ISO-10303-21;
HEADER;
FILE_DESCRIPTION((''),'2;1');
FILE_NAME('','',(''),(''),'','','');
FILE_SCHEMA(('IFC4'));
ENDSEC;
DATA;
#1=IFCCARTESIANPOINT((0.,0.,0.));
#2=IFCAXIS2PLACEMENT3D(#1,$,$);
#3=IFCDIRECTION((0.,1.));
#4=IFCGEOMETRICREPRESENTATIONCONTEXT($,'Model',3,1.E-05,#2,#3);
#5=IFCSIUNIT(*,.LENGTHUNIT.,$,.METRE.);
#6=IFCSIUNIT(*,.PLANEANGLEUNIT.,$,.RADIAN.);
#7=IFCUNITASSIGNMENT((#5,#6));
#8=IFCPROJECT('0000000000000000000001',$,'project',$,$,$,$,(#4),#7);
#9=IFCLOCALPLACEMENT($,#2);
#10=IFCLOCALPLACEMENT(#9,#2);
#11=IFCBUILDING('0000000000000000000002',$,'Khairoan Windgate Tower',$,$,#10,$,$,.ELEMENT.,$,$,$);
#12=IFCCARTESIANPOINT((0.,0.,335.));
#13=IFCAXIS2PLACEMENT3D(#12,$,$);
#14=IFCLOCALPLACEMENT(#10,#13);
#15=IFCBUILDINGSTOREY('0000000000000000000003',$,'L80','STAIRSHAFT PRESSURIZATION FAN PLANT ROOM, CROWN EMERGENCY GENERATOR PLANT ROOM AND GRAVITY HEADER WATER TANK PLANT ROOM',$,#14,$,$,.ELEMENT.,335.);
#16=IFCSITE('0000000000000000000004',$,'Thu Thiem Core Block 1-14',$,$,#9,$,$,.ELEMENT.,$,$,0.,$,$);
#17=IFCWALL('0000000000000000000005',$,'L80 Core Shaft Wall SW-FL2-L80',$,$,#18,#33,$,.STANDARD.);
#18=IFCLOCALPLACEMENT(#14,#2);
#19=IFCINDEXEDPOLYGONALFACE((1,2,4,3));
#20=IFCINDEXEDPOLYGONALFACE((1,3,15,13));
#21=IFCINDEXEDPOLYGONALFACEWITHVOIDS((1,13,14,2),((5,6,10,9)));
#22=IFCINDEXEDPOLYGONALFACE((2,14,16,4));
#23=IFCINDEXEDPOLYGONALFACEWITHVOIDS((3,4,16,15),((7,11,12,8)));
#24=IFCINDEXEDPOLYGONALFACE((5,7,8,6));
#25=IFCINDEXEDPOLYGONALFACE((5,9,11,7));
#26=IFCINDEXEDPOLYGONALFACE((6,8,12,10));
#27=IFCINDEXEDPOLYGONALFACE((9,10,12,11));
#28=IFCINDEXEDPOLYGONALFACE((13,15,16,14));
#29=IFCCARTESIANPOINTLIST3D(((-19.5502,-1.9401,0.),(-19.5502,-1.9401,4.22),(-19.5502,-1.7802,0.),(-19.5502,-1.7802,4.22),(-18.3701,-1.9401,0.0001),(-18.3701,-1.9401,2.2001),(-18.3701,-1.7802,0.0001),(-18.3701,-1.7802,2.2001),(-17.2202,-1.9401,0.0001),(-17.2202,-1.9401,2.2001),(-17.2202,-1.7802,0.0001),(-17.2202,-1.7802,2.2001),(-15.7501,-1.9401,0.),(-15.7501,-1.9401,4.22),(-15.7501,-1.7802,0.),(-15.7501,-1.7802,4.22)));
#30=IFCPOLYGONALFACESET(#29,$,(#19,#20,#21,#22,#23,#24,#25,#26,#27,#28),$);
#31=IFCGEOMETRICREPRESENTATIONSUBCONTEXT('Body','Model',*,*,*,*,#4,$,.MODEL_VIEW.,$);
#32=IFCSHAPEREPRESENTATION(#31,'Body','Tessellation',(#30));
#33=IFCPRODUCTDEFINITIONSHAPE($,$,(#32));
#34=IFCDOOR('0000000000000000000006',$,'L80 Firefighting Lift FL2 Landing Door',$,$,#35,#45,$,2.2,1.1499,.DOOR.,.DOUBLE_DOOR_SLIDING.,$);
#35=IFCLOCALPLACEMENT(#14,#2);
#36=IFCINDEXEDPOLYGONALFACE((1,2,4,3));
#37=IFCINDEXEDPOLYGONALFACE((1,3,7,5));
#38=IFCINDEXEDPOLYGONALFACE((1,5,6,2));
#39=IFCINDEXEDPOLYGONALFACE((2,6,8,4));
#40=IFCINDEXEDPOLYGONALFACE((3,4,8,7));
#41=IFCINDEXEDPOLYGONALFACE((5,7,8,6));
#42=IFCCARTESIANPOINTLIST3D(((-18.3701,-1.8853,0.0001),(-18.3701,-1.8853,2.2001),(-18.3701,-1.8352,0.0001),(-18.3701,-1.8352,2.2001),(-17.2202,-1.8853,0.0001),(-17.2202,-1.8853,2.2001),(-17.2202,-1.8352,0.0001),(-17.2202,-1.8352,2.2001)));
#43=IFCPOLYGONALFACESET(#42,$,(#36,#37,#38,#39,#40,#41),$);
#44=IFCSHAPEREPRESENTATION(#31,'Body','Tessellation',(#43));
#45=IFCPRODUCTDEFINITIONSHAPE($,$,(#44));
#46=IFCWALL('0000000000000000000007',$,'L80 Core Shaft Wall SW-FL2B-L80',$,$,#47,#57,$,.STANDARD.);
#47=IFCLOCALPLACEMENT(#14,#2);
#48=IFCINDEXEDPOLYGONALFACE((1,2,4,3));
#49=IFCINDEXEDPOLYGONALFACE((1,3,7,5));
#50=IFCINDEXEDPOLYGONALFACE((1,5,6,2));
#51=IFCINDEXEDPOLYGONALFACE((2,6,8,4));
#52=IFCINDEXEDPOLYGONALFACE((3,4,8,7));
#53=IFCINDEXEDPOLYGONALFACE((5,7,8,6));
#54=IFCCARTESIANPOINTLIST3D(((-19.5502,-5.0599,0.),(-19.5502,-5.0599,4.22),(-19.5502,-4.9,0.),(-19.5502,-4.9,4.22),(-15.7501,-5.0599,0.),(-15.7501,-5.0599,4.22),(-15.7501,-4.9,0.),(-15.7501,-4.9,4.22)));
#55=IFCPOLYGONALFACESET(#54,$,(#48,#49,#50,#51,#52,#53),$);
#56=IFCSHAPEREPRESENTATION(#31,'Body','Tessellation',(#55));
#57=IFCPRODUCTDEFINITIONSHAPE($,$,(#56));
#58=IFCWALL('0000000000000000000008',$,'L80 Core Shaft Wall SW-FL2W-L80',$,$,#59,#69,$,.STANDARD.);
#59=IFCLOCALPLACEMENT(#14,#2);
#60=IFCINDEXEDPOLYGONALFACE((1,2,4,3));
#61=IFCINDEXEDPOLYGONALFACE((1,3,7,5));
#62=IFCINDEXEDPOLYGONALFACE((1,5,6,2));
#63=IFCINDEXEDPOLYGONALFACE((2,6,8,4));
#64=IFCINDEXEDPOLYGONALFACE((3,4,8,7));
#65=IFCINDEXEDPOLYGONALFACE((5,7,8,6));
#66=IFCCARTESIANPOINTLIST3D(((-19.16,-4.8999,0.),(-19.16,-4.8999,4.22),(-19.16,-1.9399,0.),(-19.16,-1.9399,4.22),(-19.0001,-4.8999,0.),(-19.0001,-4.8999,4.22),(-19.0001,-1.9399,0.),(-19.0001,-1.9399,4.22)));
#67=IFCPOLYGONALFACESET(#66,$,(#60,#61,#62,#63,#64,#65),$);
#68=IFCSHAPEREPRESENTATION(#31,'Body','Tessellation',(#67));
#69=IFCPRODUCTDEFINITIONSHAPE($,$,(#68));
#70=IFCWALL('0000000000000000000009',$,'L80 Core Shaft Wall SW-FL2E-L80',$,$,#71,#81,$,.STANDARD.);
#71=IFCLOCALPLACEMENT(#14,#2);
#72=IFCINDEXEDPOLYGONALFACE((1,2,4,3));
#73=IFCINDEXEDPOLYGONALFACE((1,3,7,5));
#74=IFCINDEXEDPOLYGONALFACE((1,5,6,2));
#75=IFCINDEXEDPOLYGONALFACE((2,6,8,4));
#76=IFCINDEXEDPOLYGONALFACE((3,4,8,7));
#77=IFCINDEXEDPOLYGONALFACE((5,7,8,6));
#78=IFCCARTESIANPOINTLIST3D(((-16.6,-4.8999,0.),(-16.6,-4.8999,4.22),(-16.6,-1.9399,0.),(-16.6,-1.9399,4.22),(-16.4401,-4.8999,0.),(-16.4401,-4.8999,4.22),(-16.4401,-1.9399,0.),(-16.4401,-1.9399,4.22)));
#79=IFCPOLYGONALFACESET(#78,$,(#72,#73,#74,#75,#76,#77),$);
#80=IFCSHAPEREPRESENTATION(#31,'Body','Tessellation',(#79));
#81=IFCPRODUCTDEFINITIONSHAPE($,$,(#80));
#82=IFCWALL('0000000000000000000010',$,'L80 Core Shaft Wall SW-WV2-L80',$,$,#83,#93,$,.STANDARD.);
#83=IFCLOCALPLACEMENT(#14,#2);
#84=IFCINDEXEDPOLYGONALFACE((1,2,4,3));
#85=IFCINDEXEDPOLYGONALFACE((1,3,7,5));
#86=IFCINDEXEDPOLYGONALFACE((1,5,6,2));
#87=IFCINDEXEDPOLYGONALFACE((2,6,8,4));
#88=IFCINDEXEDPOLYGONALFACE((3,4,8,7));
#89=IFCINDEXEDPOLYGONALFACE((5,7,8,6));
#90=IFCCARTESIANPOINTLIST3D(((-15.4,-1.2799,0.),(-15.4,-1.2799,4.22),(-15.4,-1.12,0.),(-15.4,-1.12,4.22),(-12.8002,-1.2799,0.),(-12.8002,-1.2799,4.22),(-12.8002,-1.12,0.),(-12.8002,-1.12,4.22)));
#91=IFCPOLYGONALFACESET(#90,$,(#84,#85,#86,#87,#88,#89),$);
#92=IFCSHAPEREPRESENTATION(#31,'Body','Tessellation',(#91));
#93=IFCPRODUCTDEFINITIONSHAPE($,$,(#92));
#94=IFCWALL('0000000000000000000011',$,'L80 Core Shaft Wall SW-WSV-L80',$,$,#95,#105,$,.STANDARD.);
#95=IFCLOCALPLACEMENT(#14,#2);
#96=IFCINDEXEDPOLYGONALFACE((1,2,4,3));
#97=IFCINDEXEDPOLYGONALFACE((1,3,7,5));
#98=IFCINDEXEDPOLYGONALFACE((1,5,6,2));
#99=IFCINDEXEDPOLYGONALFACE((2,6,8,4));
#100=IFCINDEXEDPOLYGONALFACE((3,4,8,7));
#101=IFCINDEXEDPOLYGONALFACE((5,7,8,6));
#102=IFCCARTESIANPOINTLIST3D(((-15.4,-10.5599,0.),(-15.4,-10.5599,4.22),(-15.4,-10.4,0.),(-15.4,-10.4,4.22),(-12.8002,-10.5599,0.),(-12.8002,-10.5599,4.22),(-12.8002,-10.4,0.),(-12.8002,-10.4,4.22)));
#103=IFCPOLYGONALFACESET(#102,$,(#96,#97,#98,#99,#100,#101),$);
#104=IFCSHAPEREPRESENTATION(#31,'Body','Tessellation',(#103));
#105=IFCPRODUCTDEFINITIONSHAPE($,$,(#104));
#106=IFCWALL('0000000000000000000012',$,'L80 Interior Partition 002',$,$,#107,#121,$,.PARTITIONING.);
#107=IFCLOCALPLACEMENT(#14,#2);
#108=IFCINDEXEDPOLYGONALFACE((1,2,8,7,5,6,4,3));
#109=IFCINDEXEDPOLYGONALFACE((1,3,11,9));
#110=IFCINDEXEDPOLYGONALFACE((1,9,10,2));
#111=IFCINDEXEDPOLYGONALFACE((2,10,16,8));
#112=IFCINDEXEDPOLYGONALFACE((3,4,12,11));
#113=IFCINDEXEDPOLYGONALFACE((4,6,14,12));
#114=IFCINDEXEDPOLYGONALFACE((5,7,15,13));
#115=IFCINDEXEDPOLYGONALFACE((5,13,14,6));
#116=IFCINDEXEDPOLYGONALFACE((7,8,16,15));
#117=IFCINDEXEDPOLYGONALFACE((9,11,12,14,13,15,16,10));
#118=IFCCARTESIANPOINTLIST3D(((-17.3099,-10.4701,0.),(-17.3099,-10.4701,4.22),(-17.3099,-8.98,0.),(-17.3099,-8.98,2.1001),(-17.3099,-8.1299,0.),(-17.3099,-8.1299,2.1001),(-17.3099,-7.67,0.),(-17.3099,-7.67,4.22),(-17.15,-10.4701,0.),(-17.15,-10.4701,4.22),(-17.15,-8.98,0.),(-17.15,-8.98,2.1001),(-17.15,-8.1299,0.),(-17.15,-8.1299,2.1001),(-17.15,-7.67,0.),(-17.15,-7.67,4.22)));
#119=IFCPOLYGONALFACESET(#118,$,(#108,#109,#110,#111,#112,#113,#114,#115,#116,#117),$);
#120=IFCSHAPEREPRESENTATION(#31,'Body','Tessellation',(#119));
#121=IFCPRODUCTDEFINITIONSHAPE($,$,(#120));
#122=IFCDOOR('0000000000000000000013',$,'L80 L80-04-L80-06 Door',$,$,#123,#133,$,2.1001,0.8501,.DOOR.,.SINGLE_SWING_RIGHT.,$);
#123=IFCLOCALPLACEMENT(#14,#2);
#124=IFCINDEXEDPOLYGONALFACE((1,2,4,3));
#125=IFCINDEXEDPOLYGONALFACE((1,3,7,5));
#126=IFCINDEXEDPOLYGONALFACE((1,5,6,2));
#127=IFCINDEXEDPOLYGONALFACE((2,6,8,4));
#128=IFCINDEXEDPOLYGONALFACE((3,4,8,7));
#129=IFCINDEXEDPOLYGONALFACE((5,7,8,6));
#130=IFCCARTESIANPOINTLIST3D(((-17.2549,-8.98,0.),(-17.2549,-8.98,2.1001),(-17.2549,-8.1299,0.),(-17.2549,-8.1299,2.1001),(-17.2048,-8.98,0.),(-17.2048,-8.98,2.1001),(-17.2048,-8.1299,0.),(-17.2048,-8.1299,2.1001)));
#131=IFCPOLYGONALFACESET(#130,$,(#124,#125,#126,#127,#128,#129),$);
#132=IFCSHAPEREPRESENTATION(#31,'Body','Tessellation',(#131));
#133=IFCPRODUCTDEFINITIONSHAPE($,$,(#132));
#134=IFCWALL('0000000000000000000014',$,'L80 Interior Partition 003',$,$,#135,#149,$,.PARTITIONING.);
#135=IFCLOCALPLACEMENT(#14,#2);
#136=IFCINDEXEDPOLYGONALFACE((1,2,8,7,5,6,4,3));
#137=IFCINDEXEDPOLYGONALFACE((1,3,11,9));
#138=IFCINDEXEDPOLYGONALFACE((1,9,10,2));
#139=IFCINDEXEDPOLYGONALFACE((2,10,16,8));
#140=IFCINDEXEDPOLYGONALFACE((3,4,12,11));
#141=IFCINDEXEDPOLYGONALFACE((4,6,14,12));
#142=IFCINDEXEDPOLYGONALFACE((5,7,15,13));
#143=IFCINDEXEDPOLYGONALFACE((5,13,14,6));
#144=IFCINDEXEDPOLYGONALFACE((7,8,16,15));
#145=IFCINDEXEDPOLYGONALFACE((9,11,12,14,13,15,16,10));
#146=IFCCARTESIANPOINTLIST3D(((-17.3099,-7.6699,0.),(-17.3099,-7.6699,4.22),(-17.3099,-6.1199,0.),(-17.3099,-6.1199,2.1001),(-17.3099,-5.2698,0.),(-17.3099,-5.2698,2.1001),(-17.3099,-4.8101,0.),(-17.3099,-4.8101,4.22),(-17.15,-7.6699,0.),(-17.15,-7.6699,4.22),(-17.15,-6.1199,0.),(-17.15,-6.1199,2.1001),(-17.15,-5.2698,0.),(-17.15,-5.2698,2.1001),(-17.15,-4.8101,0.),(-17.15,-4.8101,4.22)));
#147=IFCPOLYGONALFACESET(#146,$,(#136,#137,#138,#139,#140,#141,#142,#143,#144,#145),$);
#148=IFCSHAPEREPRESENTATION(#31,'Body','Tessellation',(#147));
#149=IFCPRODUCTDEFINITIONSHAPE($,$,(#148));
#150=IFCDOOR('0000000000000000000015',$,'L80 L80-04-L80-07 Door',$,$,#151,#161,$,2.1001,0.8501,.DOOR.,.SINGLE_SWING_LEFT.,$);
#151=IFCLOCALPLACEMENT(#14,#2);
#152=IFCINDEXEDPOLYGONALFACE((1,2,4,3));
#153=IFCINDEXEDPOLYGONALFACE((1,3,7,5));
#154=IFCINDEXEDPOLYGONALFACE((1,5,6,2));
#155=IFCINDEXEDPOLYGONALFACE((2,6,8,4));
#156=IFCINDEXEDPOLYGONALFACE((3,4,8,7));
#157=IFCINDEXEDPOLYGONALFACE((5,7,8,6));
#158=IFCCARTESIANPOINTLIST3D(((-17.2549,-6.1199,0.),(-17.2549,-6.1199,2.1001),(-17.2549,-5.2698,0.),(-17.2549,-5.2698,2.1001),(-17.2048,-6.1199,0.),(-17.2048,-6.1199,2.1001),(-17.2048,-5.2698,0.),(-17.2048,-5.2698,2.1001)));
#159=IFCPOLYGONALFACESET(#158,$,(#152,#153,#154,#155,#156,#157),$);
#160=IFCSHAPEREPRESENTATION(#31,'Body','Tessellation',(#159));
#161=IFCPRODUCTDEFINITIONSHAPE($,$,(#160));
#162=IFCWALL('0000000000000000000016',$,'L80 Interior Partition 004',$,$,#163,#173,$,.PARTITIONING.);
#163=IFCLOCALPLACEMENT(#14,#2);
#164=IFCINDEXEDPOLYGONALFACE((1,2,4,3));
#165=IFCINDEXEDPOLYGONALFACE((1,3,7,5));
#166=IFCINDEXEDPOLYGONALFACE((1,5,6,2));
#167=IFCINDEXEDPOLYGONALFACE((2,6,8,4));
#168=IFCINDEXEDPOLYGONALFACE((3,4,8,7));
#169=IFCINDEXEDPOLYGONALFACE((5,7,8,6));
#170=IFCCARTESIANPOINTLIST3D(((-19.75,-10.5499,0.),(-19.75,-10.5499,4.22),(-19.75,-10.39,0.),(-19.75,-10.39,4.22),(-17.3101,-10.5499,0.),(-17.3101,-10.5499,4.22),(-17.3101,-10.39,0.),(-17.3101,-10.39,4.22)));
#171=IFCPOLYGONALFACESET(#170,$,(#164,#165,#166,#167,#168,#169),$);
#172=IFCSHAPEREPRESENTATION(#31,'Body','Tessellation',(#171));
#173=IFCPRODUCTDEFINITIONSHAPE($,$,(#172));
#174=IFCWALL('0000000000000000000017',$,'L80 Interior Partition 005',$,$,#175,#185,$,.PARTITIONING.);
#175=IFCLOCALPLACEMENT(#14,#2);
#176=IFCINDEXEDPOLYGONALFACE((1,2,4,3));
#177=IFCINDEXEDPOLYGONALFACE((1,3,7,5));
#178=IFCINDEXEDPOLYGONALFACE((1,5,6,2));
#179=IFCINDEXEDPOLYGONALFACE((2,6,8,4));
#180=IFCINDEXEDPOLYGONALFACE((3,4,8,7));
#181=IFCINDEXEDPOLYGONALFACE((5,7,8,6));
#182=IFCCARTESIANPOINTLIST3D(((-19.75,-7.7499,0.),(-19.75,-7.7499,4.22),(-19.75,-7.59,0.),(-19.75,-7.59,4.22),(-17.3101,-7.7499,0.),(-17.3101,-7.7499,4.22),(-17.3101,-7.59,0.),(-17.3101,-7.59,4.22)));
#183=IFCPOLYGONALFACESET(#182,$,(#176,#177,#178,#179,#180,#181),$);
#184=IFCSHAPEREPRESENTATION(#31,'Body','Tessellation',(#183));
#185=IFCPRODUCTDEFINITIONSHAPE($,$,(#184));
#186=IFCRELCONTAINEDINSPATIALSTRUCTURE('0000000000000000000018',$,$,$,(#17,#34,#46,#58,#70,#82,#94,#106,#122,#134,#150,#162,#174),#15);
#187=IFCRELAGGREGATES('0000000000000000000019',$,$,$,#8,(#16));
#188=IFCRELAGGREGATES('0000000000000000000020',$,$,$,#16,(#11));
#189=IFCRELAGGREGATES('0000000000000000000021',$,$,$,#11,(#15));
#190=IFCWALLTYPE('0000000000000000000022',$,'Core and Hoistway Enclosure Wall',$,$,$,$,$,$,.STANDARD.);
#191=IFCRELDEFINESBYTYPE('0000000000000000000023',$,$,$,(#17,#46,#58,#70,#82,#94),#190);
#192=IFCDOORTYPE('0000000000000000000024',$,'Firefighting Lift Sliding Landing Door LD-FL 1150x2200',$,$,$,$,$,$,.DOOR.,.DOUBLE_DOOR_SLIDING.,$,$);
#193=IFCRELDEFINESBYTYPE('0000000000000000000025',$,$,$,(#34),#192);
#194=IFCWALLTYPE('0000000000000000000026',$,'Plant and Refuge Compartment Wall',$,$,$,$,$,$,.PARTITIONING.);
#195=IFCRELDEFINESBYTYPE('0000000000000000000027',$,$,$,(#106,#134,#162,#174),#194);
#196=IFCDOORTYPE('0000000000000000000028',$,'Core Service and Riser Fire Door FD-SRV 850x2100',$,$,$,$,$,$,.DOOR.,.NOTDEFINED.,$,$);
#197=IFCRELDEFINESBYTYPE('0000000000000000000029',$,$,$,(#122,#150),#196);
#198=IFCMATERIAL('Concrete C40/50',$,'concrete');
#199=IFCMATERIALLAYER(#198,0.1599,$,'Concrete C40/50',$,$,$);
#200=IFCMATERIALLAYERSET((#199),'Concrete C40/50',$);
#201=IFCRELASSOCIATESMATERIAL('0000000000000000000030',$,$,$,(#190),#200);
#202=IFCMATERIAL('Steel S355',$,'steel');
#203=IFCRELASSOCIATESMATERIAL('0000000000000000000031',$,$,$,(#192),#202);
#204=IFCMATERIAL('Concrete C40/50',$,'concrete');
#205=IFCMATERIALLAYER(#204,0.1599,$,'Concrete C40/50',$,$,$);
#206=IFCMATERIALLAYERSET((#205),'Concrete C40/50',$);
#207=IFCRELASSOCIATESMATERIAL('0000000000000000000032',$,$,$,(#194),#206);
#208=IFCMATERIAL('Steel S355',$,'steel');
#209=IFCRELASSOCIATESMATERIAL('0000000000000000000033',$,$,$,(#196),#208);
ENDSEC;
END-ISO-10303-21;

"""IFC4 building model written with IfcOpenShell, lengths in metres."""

from ifc_helpers import new_model, si_unit, direction, frame, frame_2d, origin, place, context, subcontext, project, spatial, rectangle, extrude, material, layer, layer_set, type_object, element, fill, save


model = new_model("IFC4")

# Units and contexts
model_context = context("Model", 3, precision=1e-05, world=origin(), true_north=direction((0.0, 1.0)))
body_context = subcontext(model_context, "Body", "Model", "MODEL_VIEW")
ifc_project = project(units=[si_unit("LENGTHUNIT", "METRE"), si_unit("PLANEANGLEUNIT", "RADIAN")], contexts=[model_context])

# Site, building, storey
site_placement = place(None, origin())
site = spatial("IfcSite", under=ifc_project, at=site_placement, Name="Thu Thiem Core Block 1-14", CompositionType="ELEMENT", RefElevation=0.0)
building_placement = place(site_placement, origin())
building = spatial("IfcBuilding", under=site, at=building_placement, Name="Khairoan Windgate Tower", CompositionType="ELEMENT")
storey_placement = place(building_placement, frame((0.0, 0.0, 335.0)))
storey = spatial("IfcBuildingStorey", under=building, at=storey_placement, Name="L80", Description="STAIRSHAFT PRESSURIZATION FAN PLANT ROOM, CROWN EMERGENCY GENERATOR PLANT ROOM AND GRAVITY HEADER WATER TANK PLANT ROOM", CompositionType="ELEMENT", Elevation=335.0)

# Wall, opening, door
ifc_material_1 = material(Name="Concrete C40/50", Category="concrete")
ifc_layer_1 = layer(ifc_material_1, 0.1599, Name="Concrete C40/50")
ifc_layer_set_1 = layer_set([ifc_layer_1], Name="Concrete C40/50")
wall_type_1 = type_object("IfcWallType", Name="Core and Hoistway Enclosure Wall", PredefinedType="STANDARD", material=ifc_layer_set_1)
wall_1_placement = place(storey_placement, frame((-19.55, -1.8601, 0.0), z_axis=(0.0, 0.0, 1.0), x_axis=(1.0, 0.0, 0.0)))
wall_1 = element("IfcWall", 1, at=wall_1_placement, inside=storey, type_object=wall_type_1, Name="L80 Core Shaft Wall SW-FL2-L80", PredefinedType="STANDARD", context=body_context, shape_type="SweptSolid", body=[
    extrude(rectangle(XDim=3.8, YDim=0.1599, at=frame_2d((1.8999, 0.0))), origin(), (0.0, 0.0, 1.0), 4.22),
])
opening_1_placement = place(wall_1_placement, frame((1.1799, 0.0, 0.0)))
opening_1 = element("IfcOpeningElement", 2, at=opening_1_placement, cuts=wall_1, PredefinedType="OPENING", context=body_context, shape_type="SweptSolid", body=[
    extrude(rectangle(XDim=1.1499, YDim=2.2, at=frame_2d((0.575, 1.1001))), frame((0.0, 0.0898, 0.0), z_axis=(0.0, -1.0, 0.0), x_axis=(1.0, 0.0, 0.0)), (0.0, 0.0, 1.0), 0.1799),
])
ifc_material_2 = material(Name="Steel S355", Category="steel")
door_type_1 = type_object("IfcDoorType", Name="Firefighting Lift Sliding Landing Door LD-FL 1150x2200", OperationType="DOUBLE_DOOR_SLIDING", PredefinedType="DOOR", material=ifc_material_2)
door_1_placement = place(opening_1_placement, origin())
door_1 = element("IfcDoor", 3, at=door_1_placement, inside=storey, type_object=door_type_1, Name="L80 Firefighting Lift FL2 Landing Door", OperationType="DOUBLE_DOOR_SLIDING", OverallHeight=2.2, OverallWidth=1.1499, PredefinedType="DOOR", context=body_context, shape_type="SweptSolid", body=[
    extrude(rectangle(XDim=1.1499, YDim=2.2, at=frame_2d((0.575, 1.1001))), frame((0.0, 0.0249, 0.0), z_axis=(0.0, -1.0, 0.0), x_axis=(1.0, 0.0, 0.0)), (0.0, 0.0, 1.0), 0.05),
])
fill(opening_1, door_1)

# Walls
wall_2_placement = place(storey_placement, frame((-19.55, -4.98, 0.0), z_axis=(0.0, 0.0, 1.0), x_axis=(1.0, 0.0, 0.0)))
element("IfcWall", 4, at=wall_2_placement, inside=storey, type_object=wall_type_1, Name="L80 Core Shaft Wall SW-FL2B-L80", PredefinedType="STANDARD", context=body_context, shape_type="SweptSolid", body=[
    extrude(rectangle(XDim=3.8, YDim=0.1599, at=frame_2d((1.8999, 0.0))), origin(), (0.0, 0.0, 1.0), 4.22),
])
for number, where, z_axis, x_axis, name in (
    (5, (-19.0801, -4.8999, 0.0), (0.0, 0.0, 1.0), (0.0, 1.0, 0.0), "L80 Core Shaft Wall SW-FL2W-L80"),
    (6, (-16.52, -4.8999, 0.0), (0.0, 0.0, 1.0), (0.0, 1.0, 0.0), "L80 Core Shaft Wall SW-FL2E-L80"),
):
    element("IfcWall", number, at=place(storey_placement, frame(where, z_axis=z_axis, x_axis=x_axis)), inside=storey, type_object=wall_type_1, Name=name, PredefinedType="STANDARD", context=body_context, shape_type="SweptSolid", body=[
        extrude(rectangle(XDim=2.96, YDim=0.1599, at=frame_2d((1.48, 0.0))), origin(), (0.0, 0.0, 1.0), 4.22),
    ])
for number, where, z_axis, x_axis, name in (
    (7, (-15.3999, -1.2, 0.0), (0.0, 0.0, 1.0), (1.0, 0.0, 0.0), "L80 Core Shaft Wall SW-WV2-L80"),
    (8, (-15.3999, -10.48, 0.0), (0.0, 0.0, 1.0), (1.0, 0.0, 0.0), "L80 Core Shaft Wall SW-WSV-L80"),
):
    element("IfcWall", number, at=place(storey_placement, frame(where, z_axis=z_axis, x_axis=x_axis)), inside=storey, type_object=wall_type_1, Name=name, PredefinedType="STANDARD", context=body_context, shape_type="SweptSolid", body=[
        extrude(rectangle(XDim=2.5999, YDim=0.1599, at=frame_2d((1.2998, 0.0))), origin(), (0.0, 0.0, 1.0), 4.22),
    ])

# Walls, openings, doors
ifc_material_3 = material(Name="Concrete C40/50", Category="concrete")
ifc_layer_2 = layer(ifc_material_3, 0.1599, Name="Concrete C40/50")
ifc_layer_set_2 = layer_set([ifc_layer_2], Name="Concrete C40/50")
wall_type_2 = type_object("IfcWallType", Name="Plant and Refuge Compartment Wall", PredefinedType="PARTITIONING", material=ifc_layer_set_2)
wall_3_placement = place(storey_placement, frame((-17.23, -10.47, 0.0), z_axis=(0.0, 0.0, 1.0), x_axis=(0.0, 1.0, 0.0)))
wall_3 = element("IfcWall", 9, at=wall_3_placement, inside=storey, type_object=wall_type_2, Name="L80 Interior Partition 002", PredefinedType="PARTITIONING", context=body_context, shape_type="SweptSolid", body=[
    extrude(rectangle(XDim=2.8, YDim=0.1599, at=frame_2d((1.3999, 0.0))), origin(), (0.0, 0.0, 1.0), 4.22),
])
opening_2_placement = place(wall_3_placement, frame((1.49, 0.0, 0.0)))
opening_2 = element("IfcOpeningElement", 10, at=opening_2_placement, cuts=wall_3, PredefinedType="OPENING", context=body_context, shape_type="SweptSolid", body=[
    extrude(rectangle(XDim=0.8501, YDim=2.1001, at=frame_2d((0.425, 1.05))), frame((0.0, 0.0898, 0.0), z_axis=(0.0, -1.0, 0.0), x_axis=(1.0, 0.0, 0.0)), (0.0, 0.0, 1.0), 0.1799),
])
ifc_material_4 = material(Name="Steel S355", Category="steel")
door_type_2 = type_object("IfcDoorType", Name="Core Service and Riser Fire Door FD-SRV 850x2100", OperationType="NOTDEFINED", PredefinedType="DOOR", material=ifc_material_4)
door_2_placement = place(opening_2_placement, origin())
door_2 = element("IfcDoor", 11, at=door_2_placement, inside=storey, type_object=door_type_2, Name="L80 L80-04-L80-06 Door", OperationType="SINGLE_SWING_RIGHT", OverallHeight=2.1001, OverallWidth=0.8501, PredefinedType="DOOR", context=body_context, shape_type="SweptSolid", body=[
    extrude(rectangle(XDim=0.8501, YDim=2.1001, at=frame_2d((0.425, 1.05))), frame((0.0, 0.0249, 0.0), z_axis=(0.0, -1.0, 0.0), x_axis=(1.0, 0.0, 0.0)), (0.0, 0.0, 1.0), 0.05),
])
fill(opening_2, door_2)
wall_4_placement = place(storey_placement, frame((-17.23, -7.6699, 0.0), z_axis=(0.0, 0.0, 1.0), x_axis=(0.0, 1.0, 0.0)))
wall_4 = element("IfcWall", 12, at=wall_4_placement, inside=storey, type_object=wall_type_2, Name="L80 Interior Partition 003", PredefinedType="PARTITIONING", context=body_context, shape_type="SweptSolid", body=[
    extrude(rectangle(XDim=2.8599, YDim=0.1599, at=frame_2d((1.4299, 0.0))), origin(), (0.0, 0.0, 1.0), 4.22),
])
opening_3_placement = place(wall_4_placement, frame((1.55, 0.0, 0.0)))
opening_3 = element("IfcOpeningElement", 13, at=opening_3_placement, cuts=wall_4, PredefinedType="OPENING", context=body_context, shape_type="SweptSolid", body=[
    extrude(rectangle(XDim=0.8501, YDim=2.1001, at=frame_2d((0.425, 1.05))), frame((0.0, 0.0898, 0.0), z_axis=(0.0, -1.0, 0.0), x_axis=(1.0, 0.0, 0.0)), (0.0, 0.0, 1.0), 0.1799),
])
door_3_placement = place(opening_3_placement, origin())
door_3 = element("IfcDoor", 14, at=door_3_placement, inside=storey, type_object=door_type_2, Name="L80 L80-04-L80-07 Door", OperationType="SINGLE_SWING_LEFT", OverallHeight=2.1001, OverallWidth=0.8501, PredefinedType="DOOR", context=body_context, shape_type="SweptSolid", body=[
    extrude(rectangle(XDim=0.8501, YDim=2.1001, at=frame_2d((0.425, 1.05))), frame((0.0, 0.0249, 0.0), z_axis=(0.0, -1.0, 0.0), x_axis=(1.0, 0.0, 0.0)), (0.0, 0.0, 1.0), 0.05),
])
fill(opening_3, door_3)

# Walls
for number, where, z_axis, x_axis, name in (
    (15, (-19.75, -10.47, 0.0), (0.0, 0.0, 1.0), (1.0, 0.0, 0.0), "L80 Interior Partition 004"),
    (16, (-19.75, -7.6699, 0.0), (0.0, 0.0, 1.0), (1.0, 0.0, 0.0), "L80 Interior Partition 005"),
):
    element("IfcWall", number, at=place(storey_placement, frame(where, z_axis=z_axis, x_axis=x_axis)), inside=storey, type_object=wall_type_2, Name=name, PredefinedType="PARTITIONING", context=body_context, shape_type="SweptSolid", body=[
        extrude(rectangle(XDim=2.4399, YDim=0.1599, at=frame_2d((1.22, 0.0))), origin(), (0.0, 0.0, 1.0), 4.22),
    ])

save(model, "model.ifc")
